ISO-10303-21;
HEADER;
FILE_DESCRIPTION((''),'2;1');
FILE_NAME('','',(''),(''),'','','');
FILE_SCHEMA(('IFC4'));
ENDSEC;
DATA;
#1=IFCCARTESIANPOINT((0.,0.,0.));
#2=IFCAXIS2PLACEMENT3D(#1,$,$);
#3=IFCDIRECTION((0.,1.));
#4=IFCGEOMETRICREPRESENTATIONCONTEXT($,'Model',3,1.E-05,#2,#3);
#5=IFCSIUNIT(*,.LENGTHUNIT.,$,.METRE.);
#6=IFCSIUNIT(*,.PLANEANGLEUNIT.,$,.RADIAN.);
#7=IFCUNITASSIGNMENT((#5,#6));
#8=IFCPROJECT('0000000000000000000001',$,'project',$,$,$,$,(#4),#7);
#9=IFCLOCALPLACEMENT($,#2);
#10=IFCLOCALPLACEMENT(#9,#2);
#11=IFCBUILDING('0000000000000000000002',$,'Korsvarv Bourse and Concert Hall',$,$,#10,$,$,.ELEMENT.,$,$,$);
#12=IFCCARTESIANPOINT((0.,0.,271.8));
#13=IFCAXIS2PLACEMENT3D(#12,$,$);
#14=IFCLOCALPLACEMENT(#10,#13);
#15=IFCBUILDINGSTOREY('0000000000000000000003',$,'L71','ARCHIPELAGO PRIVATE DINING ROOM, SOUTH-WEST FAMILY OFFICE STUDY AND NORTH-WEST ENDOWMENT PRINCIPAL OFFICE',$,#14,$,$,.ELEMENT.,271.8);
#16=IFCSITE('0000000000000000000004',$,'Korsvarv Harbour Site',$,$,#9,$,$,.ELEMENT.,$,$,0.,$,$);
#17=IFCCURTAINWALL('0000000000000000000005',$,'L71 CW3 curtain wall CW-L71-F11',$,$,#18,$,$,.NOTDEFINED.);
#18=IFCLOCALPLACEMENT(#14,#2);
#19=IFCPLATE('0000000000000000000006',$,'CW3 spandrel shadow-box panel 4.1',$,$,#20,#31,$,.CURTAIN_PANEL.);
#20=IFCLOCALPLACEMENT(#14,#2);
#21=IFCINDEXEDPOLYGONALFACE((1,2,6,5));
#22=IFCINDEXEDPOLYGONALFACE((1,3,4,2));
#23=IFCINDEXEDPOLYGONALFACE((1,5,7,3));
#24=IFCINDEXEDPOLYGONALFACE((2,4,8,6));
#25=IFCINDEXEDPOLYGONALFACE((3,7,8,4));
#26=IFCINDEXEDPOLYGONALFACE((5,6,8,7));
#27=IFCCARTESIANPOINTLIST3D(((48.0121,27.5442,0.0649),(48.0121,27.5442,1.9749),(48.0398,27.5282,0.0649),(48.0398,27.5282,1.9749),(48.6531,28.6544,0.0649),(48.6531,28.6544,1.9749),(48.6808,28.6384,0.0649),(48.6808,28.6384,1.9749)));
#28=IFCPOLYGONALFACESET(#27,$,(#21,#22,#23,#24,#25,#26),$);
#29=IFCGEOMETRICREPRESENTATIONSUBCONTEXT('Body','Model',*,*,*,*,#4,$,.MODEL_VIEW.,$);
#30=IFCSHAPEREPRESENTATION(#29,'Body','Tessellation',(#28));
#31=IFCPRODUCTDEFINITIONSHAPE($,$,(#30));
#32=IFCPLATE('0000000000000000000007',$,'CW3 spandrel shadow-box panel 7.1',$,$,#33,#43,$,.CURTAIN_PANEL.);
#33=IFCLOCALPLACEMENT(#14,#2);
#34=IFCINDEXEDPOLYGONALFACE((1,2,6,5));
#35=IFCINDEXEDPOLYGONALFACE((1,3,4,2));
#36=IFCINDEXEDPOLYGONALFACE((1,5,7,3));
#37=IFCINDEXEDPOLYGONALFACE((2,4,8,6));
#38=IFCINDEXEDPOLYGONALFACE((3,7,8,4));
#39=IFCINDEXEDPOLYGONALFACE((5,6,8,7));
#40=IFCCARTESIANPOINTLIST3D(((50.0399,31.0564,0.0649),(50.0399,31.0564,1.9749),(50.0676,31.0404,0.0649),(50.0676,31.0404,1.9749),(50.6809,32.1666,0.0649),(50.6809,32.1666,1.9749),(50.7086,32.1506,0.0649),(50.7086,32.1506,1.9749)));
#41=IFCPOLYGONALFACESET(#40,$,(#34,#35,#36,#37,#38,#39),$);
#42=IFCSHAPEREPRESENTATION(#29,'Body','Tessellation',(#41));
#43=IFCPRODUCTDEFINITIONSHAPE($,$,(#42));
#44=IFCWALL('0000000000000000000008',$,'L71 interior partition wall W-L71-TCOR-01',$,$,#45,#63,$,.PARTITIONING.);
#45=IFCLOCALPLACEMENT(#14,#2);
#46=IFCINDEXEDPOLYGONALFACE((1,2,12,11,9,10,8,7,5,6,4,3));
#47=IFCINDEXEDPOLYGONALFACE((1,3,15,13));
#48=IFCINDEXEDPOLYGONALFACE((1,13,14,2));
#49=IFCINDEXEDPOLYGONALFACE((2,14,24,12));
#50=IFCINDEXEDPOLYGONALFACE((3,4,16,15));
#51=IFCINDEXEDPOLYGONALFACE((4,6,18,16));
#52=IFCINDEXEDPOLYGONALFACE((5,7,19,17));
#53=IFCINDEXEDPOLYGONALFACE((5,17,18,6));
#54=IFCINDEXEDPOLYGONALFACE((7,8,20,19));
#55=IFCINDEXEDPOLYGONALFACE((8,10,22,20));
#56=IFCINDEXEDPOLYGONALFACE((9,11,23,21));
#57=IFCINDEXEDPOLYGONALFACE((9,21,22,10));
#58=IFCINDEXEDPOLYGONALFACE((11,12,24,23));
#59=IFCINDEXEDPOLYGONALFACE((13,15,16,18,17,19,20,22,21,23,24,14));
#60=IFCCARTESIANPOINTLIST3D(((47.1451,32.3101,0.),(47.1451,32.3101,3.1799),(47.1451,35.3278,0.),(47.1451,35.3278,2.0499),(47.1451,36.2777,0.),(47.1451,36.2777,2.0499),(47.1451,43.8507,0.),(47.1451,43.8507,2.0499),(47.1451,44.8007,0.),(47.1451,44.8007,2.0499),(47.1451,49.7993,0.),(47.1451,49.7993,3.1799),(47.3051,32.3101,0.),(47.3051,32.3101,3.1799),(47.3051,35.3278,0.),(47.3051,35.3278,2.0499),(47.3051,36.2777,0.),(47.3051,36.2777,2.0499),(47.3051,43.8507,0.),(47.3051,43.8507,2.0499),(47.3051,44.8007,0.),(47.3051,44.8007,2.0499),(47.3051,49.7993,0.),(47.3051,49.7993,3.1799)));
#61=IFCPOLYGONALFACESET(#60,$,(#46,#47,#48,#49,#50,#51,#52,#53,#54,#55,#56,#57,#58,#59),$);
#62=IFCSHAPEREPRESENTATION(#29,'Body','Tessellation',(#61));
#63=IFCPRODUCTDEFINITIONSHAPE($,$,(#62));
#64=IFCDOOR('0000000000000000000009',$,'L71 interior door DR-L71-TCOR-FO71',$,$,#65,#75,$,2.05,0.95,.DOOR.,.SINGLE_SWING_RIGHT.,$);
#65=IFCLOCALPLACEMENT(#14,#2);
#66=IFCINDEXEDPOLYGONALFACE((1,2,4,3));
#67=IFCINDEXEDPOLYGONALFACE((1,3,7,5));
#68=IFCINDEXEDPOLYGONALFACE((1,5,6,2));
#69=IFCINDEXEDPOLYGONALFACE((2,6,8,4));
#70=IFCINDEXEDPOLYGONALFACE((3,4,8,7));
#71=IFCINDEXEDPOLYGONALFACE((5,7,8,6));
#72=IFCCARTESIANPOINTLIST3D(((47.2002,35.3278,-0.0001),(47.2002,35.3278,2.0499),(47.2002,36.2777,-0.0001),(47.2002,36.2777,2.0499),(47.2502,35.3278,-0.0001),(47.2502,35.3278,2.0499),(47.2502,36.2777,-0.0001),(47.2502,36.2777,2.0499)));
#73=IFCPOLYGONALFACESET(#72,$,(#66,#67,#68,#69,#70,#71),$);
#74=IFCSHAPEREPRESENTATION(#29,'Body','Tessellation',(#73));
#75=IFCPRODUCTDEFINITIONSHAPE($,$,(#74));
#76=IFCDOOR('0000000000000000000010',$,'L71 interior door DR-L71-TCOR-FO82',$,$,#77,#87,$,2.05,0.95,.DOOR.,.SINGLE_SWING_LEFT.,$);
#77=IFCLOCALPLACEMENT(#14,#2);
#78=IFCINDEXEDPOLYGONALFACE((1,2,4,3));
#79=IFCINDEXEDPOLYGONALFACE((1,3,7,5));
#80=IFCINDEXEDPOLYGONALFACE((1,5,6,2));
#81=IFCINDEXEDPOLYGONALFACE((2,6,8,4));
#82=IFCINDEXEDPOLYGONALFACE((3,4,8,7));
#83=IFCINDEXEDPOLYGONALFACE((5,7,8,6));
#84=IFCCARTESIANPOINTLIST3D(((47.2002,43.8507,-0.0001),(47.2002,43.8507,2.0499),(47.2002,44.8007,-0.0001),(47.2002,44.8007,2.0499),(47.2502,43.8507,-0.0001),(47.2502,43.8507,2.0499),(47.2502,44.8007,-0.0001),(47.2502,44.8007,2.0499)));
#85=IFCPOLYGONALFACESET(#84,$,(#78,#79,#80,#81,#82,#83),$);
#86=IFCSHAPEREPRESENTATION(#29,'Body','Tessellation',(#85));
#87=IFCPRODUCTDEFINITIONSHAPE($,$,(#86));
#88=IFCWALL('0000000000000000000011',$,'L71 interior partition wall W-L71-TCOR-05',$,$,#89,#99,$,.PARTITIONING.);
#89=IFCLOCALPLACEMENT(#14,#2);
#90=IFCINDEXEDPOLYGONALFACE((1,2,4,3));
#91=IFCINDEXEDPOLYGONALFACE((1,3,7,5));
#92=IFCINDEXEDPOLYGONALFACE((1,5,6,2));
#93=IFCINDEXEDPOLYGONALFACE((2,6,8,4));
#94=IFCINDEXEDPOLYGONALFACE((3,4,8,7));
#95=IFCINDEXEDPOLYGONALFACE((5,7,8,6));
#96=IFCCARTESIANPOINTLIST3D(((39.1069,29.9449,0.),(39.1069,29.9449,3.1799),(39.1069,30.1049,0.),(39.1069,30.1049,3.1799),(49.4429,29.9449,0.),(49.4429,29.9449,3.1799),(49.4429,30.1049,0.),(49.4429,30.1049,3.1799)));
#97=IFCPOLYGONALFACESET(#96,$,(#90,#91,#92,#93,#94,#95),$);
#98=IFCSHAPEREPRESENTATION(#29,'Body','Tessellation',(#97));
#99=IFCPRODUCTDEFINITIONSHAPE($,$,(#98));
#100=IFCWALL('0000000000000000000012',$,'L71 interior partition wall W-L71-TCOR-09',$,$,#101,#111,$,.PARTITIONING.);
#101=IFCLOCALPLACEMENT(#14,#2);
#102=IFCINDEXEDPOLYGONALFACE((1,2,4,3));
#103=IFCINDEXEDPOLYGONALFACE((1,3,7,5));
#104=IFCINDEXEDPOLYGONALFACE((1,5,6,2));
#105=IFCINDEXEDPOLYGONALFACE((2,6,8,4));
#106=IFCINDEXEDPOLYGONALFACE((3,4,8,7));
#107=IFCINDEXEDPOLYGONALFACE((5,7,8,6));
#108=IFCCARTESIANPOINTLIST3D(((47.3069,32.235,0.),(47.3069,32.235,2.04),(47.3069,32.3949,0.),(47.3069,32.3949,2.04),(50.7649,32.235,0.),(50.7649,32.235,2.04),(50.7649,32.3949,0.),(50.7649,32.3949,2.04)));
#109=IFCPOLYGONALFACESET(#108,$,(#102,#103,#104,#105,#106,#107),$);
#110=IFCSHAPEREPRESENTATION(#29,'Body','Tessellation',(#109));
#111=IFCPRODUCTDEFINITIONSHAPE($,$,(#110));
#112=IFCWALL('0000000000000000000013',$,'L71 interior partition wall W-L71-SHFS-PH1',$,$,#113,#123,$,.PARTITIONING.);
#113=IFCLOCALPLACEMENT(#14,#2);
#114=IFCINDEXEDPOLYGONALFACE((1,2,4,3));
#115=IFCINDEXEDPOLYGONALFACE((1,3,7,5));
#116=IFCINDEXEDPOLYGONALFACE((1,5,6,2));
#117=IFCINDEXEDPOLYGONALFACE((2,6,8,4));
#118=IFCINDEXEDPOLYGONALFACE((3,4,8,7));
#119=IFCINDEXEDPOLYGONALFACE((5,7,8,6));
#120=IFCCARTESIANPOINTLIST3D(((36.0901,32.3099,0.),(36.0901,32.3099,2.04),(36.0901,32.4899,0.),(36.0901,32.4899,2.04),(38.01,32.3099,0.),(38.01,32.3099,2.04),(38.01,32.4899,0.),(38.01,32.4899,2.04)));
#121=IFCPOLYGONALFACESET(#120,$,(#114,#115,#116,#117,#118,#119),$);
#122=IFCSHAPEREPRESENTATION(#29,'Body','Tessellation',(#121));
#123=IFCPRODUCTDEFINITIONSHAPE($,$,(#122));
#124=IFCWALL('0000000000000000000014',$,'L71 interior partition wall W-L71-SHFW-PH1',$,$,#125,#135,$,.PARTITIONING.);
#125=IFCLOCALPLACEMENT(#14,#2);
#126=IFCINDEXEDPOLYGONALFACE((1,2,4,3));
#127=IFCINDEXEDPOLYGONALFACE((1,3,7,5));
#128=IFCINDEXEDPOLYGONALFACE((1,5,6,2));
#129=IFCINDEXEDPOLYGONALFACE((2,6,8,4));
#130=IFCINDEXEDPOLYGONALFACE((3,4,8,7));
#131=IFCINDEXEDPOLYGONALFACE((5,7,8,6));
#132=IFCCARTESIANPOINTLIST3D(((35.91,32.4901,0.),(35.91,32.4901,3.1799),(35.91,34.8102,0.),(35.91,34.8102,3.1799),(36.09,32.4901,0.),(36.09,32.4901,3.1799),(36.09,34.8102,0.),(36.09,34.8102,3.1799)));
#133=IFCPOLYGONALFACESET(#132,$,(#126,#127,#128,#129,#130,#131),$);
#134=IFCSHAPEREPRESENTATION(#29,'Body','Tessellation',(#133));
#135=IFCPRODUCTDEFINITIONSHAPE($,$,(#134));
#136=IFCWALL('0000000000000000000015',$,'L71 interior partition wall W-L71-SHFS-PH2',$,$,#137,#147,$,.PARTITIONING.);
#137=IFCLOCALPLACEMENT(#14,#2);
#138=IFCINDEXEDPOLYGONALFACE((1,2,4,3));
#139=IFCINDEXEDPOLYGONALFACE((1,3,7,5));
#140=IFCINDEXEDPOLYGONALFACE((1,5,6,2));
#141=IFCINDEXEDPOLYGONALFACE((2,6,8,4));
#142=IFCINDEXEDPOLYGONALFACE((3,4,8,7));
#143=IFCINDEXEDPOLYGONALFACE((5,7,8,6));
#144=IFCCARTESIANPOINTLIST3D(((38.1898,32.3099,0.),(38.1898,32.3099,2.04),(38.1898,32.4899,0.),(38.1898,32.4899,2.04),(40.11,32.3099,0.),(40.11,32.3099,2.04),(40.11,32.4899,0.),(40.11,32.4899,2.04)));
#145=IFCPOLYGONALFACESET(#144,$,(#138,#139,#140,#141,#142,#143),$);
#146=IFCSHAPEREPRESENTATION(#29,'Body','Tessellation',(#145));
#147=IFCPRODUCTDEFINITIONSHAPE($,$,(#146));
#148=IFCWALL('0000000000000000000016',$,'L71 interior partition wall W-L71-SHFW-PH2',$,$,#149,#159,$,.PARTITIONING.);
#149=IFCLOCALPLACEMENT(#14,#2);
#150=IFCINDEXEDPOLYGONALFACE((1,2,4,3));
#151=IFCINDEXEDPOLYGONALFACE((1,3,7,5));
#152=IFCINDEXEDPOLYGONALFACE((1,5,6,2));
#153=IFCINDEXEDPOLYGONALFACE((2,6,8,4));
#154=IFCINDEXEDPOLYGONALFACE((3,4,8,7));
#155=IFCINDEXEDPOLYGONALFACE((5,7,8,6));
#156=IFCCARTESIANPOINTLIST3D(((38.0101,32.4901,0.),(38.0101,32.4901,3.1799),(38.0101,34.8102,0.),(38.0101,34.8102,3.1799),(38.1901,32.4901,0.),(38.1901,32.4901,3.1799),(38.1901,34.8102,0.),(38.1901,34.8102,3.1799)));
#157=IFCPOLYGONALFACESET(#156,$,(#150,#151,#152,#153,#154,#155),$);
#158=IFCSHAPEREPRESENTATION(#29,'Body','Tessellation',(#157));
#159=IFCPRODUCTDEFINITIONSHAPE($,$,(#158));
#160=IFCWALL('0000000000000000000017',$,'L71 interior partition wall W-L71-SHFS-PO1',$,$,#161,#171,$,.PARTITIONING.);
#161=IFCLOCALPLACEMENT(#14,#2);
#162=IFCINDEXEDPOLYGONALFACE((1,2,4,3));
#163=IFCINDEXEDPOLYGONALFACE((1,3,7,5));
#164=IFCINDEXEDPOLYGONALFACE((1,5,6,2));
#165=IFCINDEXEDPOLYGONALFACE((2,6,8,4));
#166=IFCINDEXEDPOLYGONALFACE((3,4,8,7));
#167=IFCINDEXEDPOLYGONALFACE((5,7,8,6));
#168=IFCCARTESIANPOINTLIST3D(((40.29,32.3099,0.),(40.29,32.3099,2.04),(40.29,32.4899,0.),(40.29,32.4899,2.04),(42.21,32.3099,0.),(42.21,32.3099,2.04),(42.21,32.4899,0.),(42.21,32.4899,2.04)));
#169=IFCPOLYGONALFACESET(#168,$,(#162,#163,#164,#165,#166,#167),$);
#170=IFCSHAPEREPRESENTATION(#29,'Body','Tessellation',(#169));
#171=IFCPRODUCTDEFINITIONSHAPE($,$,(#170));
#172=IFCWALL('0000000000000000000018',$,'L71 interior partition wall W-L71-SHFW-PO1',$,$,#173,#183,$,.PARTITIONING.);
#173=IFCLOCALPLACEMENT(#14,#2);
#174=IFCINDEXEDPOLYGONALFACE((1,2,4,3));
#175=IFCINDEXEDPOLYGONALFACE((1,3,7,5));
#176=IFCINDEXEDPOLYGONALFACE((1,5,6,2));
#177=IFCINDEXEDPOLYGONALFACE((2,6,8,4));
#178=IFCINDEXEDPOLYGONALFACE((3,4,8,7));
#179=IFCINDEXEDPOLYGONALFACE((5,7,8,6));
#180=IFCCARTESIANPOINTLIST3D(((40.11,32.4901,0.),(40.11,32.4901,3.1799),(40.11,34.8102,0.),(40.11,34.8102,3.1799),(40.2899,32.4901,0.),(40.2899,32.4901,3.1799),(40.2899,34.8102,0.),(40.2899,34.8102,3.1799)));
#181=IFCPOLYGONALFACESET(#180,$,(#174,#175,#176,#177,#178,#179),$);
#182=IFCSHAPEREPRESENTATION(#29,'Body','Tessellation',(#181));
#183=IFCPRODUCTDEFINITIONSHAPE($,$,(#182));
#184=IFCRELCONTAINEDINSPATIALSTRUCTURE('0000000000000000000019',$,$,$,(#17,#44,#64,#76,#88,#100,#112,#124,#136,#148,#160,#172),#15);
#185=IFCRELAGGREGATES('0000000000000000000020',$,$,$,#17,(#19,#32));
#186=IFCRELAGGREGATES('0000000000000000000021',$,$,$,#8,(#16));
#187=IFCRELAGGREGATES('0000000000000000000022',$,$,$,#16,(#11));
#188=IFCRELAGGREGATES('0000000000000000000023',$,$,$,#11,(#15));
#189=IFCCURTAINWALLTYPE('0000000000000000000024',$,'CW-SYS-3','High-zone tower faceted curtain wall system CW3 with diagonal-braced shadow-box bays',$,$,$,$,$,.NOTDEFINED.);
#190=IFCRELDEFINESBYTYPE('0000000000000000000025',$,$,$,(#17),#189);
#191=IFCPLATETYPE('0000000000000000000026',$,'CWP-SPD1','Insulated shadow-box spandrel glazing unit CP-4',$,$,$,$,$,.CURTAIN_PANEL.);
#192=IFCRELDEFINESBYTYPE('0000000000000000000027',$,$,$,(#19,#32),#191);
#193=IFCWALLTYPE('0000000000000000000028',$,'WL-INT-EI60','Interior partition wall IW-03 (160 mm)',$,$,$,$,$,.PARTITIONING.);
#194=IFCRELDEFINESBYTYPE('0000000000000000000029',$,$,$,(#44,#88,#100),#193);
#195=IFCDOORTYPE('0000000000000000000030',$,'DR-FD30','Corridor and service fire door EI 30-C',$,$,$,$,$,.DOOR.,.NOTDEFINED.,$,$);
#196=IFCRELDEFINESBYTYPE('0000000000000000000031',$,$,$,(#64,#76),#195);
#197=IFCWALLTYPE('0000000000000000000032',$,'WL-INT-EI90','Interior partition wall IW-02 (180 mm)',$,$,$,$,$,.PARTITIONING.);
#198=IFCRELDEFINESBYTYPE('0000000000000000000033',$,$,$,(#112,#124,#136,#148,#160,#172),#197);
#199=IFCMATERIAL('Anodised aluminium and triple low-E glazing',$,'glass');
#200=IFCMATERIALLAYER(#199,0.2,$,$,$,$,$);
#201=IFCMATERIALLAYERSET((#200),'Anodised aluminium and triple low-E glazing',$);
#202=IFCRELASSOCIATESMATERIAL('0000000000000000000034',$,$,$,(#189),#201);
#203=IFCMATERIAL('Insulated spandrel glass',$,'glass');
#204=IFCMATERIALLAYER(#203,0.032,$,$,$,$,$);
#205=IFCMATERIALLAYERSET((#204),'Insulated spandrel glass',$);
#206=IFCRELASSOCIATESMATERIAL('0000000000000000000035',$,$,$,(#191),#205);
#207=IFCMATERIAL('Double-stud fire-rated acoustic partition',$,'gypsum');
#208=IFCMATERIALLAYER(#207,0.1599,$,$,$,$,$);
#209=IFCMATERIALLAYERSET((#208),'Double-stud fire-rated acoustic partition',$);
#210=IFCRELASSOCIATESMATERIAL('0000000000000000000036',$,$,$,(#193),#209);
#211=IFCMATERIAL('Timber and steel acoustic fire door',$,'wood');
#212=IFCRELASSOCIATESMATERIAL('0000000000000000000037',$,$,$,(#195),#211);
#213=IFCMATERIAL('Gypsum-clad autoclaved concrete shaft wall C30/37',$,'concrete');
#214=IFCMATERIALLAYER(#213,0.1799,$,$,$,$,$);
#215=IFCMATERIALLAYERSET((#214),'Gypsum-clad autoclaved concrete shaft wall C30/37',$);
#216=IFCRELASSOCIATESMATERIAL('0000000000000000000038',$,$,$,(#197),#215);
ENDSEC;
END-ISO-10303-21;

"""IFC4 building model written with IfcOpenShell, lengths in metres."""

from ifc_helpers import new_model, si_unit, direction, frame, frame_2d, origin, origin_2d, place, context, subcontext, project, spatial, rectangle, extrude, source, transform, mapped, material, layer, layer_set, type_object, element, fill, aggregate, save


model = new_model("IFC4")

# Units and contexts
model_context = context("Model", 3, precision=1e-05, world=origin(), true_north=direction((0.0, 1.0)))
body_context = subcontext(model_context, "Body", "Model", "MODEL_VIEW")
ifc_project = project(units=[si_unit("LENGTHUNIT", "METRE"), si_unit("PLANEANGLEUNIT", "RADIAN")], contexts=[model_context])

# Site, building, storey
site_placement = place(None, origin())
site = spatial("IfcSite", under=ifc_project, at=site_placement, Name="Korsvarv Harbour Site", CompositionType="ELEMENT", RefElevation=0.0)
building_placement = place(site_placement, origin())
building = spatial("IfcBuilding", under=site, at=building_placement, Name="Korsvarv Bourse and Concert Hall", CompositionType="ELEMENT")
storey_placement = place(building_placement, frame((0.0, 0.0, 271.8)))
storey = spatial("IfcBuildingStorey", under=building, at=storey_placement, Name="L71", Description="ARCHIPELAGO PRIVATE DINING ROOM, SOUTH-WEST FAMILY OFFICE STUDY AND NORTH-WEST ENDOWMENT PRINCIPAL OFFICE", CompositionType="ELEMENT", Elevation=271.8)

# Curtain wall, plates
ifc_material_1 = material(Name="Anodised aluminium and triple low-E glazing", Category="glass")
ifc_layer_1 = layer(ifc_material_1, 0.2)
ifc_layer_set_1 = layer_set([ifc_layer_1], Name="Anodised aluminium and triple low-E glazing")
curtain_wall_type = type_object("IfcCurtainWallType", Name="CW-SYS-3", Description="High-zone tower faceted curtain wall system CW3 with diagonal-braced shadow-box bays", PredefinedType="NOTDEFINED", material=ifc_layer_set_1)
curtain_wall_placement = place(storey_placement, origin())
curtain_wall = element("IfcCurtainWall", 1, at=curtain_wall_placement, inside=storey, type_object=curtain_wall_type, Name="L71 CW3 curtain wall CW-L71-F11", PredefinedType="NOTDEFINED")
ifc_material_2 = material(Name="Insulated spandrel glass", Category="glass")
ifc_layer_2 = layer(ifc_material_2, 0.032)
ifc_layer_set_2 = layer_set([ifc_layer_2], Name="Insulated spandrel glass")
plate_type_1 = type_object("IfcPlateType", Name="CWP-SPD1", Description="Insulated shadow-box spandrel glazing unit CP-4", PredefinedType="CURTAIN_PANEL", material=ifc_layer_set_2)
shared_shape_1 = source(origin(), body_context, "Body", "SweptSolid", [
    extrude(rectangle(XDim=1.282, YDim=0.032, at=origin_2d()), origin(), (0.0, 0.0, 1.0), 1.9099),
])
plate_1_placement = place(storey_placement, frame((48.3464, 28.0913, 0.0649), z_axis=(0.0, 0.0, 1.0), x_axis=(0.500004, 0.866023, 0.0)))
plate_1 = element("IfcPlate", 2, at=plate_1_placement, type_object=plate_type_1, Name="CW3 spandrel shadow-box panel 4.1", PredefinedType="CURTAIN_PANEL", context=body_context, shape_type="MappedRepresentation", body=[
    mapped(shared_shape_1, transform((0.0, 0.0, 0.0), scale=1.0)),
])
plate_2_placement = place(storey_placement, frame((50.3743, 31.6035, 0.0649), z_axis=(0.0, 0.0, 1.0), x_axis=(0.500004, 0.866023, 0.0)))
plate_2 = element("IfcPlate", 3, at=plate_2_placement, type_object=plate_type_1, Name="CW3 spandrel shadow-box panel 7.1", PredefinedType="CURTAIN_PANEL", context=body_context, shape_type="MappedRepresentation", body=[
    mapped(shared_shape_1, transform((0.0, 0.0, 0.0), scale=1.0)),
])
aggregate(curtain_wall, [plate_1, plate_2])

# Wall, openings, doors
ifc_material_3 = material(Name="Double-stud fire-rated acoustic partition", Category="gypsum")
ifc_layer_3 = layer(ifc_material_3, 0.1599)
ifc_layer_set_3 = layer_set([ifc_layer_3], Name="Double-stud fire-rated acoustic partition")
wall_type_1 = type_object("IfcWallType", Name="WL-INT-EI60", Description="Interior partition wall IW-03 (160 mm)", PredefinedType="PARTITIONING", material=ifc_layer_set_3)
wall_1_placement = place(storey_placement, frame((47.2251, 32.3101, 0.0), z_axis=(0.0, 0.0, 1.0), x_axis=(0.0, 1.0, 0.0)))
wall_1 = element("IfcWall", 4, at=wall_1_placement, inside=storey, type_object=wall_type_1, Name="L71 interior partition wall W-L71-TCOR-01", PredefinedType="PARTITIONING", context=body_context, shape_type="SweptSolid", body=[
    extrude(rectangle(XDim=17.4893, YDim=0.1599, at=frame_2d((8.7446, 0.0))), origin(), (0.0, 0.0, 1.0), 3.1799),
])
opening_1_placement = place(wall_1_placement, frame((3.0176, 0.0, 0.0)))
opening_1 = element("IfcOpeningElement", 5, at=opening_1_placement, cuts=wall_1, PredefinedType="OPENING", context=body_context, shape_type="SweptSolid", body=[
    extrude(rectangle(XDim=0.95, YDim=2.05, at=frame_2d((0.4751, 1.0249))), frame((0.0, 0.0898, 0.0), z_axis=(0.0, -1.0, 0.0), x_axis=(1.0, 0.0, 0.0)), (0.0, 0.0, 1.0), 0.1799),
])
opening_2_placement = place(wall_1_placement, frame((11.5405, 0.0, 0.0)))
opening_2 = element("IfcOpeningElement", 6, at=opening_2_placement, cuts=wall_1, PredefinedType="OPENING", context=body_context, shape_type="SweptSolid", body=[
    extrude(rectangle(XDim=0.95, YDim=2.05, at=frame_2d((0.4751, 1.0249))), frame((0.0, 0.0898, 0.0), z_axis=(0.0, -1.0, 0.0), x_axis=(1.0, 0.0, 0.0)), (0.0, 0.0, 1.0), 0.1799),
])
ifc_material_4 = material(Name="Timber and steel acoustic fire door", Category="wood")
door_type = type_object("IfcDoorType", Name="DR-FD30", Description="Corridor and service fire door EI 30-C", OperationType="NOTDEFINED", PredefinedType="DOOR", material=ifc_material_4)
door_1_placement = place(opening_1_placement, origin())
door_1 = element("IfcDoor", 7, at=door_1_placement, inside=storey, type_object=door_type, Name="L71 interior door DR-L71-TCOR-FO71", OperationType="SINGLE_SWING_RIGHT", OverallHeight=2.05, OverallWidth=0.95, PredefinedType="DOOR", context=body_context, shape_type="SweptSolid", body=[
    extrude(rectangle(XDim=0.95, YDim=2.05, at=frame_2d((0.4751, 1.0249))), frame((0.0, 0.0249, 0.0), z_axis=(0.0, -1.0, 0.0), x_axis=(1.0, 0.0, 0.0)), (0.0, 0.0, 1.0), 0.05),
])
fill(opening_1, door_1)
door_2_placement = place(opening_2_placement, origin())
door_2 = element("IfcDoor", 8, at=door_2_placement, inside=storey, type_object=door_type, Name="L71 interior door DR-L71-TCOR-FO82", OperationType="SINGLE_SWING_LEFT", OverallHeight=2.05, OverallWidth=0.95, PredefinedType="DOOR", context=body_context, shape_type="SweptSolid", body=[
    extrude(rectangle(XDim=0.95, YDim=2.05, at=frame_2d((0.4751, 1.0249))), frame((0.0, 0.0249, 0.0), z_axis=(0.0, -1.0, 0.0), x_axis=(1.0, 0.0, 0.0)), (0.0, 0.0, 1.0), 0.05),
])
fill(opening_2, door_2)

# Walls
wall_2_placement = place(storey_placement, frame((39.1069, 30.0249, 0.0), z_axis=(0.0, 0.0, 1.0), x_axis=(1.0, 0.0, 0.0)))
element("IfcWall", 9, at=wall_2_placement, inside=storey, type_object=wall_type_1, Name="L71 interior partition wall W-L71-TCOR-05", PredefinedType="PARTITIONING", context=body_context, shape_type="SweptSolid", body=[
    extrude(rectangle(XDim=10.3359, YDim=0.1599, at=frame_2d((5.168, 0.0))), origin(), (0.0, 0.0, 1.0), 3.1799),
])
wall_3_placement = place(storey_placement, frame((47.3069, 32.3149, 0.0), z_axis=(0.0, 0.0, 1.0), x_axis=(1.0, 0.0, 0.0)))
element("IfcWall", 10, at=wall_3_placement, inside=storey, type_object=wall_type_1, Name="L71 interior partition wall W-L71-TCOR-09", PredefinedType="PARTITIONING", context=body_context, shape_type="SweptSolid", body=[
    extrude(rectangle(XDim=3.458, YDim=0.1599, at=frame_2d((1.729, 0.0))), origin(), (0.0, 0.0, 1.0), 2.04),
])
ifc_material_5 = material(Name="Gypsum-clad autoclaved concrete shaft wall C30/37", Category="concrete")
ifc_layer_4 = layer(ifc_material_5, 0.1799)
ifc_layer_set_4 = layer_set([ifc_layer_4], Name="Gypsum-clad autoclaved concrete shaft wall C30/37")
wall_type_2 = type_object("IfcWallType", Name="WL-INT-EI90", Description="Interior partition wall IW-02 (180 mm)", PredefinedType="PARTITIONING", material=ifc_layer_set_4)
wall_4_placement = place(storey_placement, frame((36.0901, 32.3999, 0.0), z_axis=(0.0, 0.0, 1.0), x_axis=(1.0, 0.0, 0.0)))
element("IfcWall", 11, at=wall_4_placement, inside=storey, type_object=wall_type_2, Name="L71 interior partition wall W-L71-SHFS-PH1", PredefinedType="PARTITIONING", context=body_context, shape_type="SweptSolid", body=[
    extrude(rectangle(XDim=1.9199, YDim=0.1799, at=frame_2d((0.96, 0.0))), origin(), (0.0, 0.0, 1.0), 2.04),
])
wall_5_placement = place(storey_placement, frame((36.0, 32.49, 0.0), z_axis=(0.0, 0.0, 1.0), x_axis=(0.0, 1.0, 0.0)))
element("IfcWall", 12, at=wall_5_placement, inside=storey, type_object=wall_type_2, Name="L71 interior partition wall W-L71-SHFW-PH1", PredefinedType="PARTITIONING", context=body_context, shape_type="SweptSolid", body=[
    extrude(rectangle(XDim=2.3201, YDim=0.1799, at=frame_2d((1.1602, 0.0))), origin(), (0.0, 0.0, 1.0), 3.1799),
])
wall_6_placement = place(storey_placement, frame((38.1899, 32.3999, 0.0), z_axis=(0.0, 0.0, 1.0), x_axis=(1.0, 0.0, 0.0)))
element("IfcWall", 13, at=wall_6_placement, inside=storey, type_object=wall_type_2, Name="L71 interior partition wall W-L71-SHFS-PH2", PredefinedType="PARTITIONING", context=body_context, shape_type="SweptSolid", body=[
    extrude(rectangle(XDim=1.9202, YDim=0.1799, at=frame_2d((0.96, 0.0))), origin(), (0.0, 0.0, 1.0), 2.04),
])
wall_7_placement = place(storey_placement, frame((38.1001, 32.49, 0.0), z_axis=(0.0, 0.0, 1.0), x_axis=(0.0, 1.0, 0.0)))
element("IfcWall", 14, at=wall_7_placement, inside=storey, type_object=wall_type_2, Name="L71 interior partition wall W-L71-SHFW-PH2", PredefinedType="PARTITIONING", context=body_context, shape_type="SweptSolid", body=[
    extrude(rectangle(XDim=2.3201, YDim=0.1799, at=frame_2d((1.1602, 0.0))), origin(), (0.0, 0.0, 1.0), 3.1799),
])
wall_8_placement = place(storey_placement, frame((40.29, 32.3999, 0.0), z_axis=(0.0, 0.0, 1.0), x_axis=(1.0, 0.0, 0.0)))
element("IfcWall", 15, at=wall_8_placement, inside=storey, type_object=wall_type_2, Name="L71 interior partition wall W-L71-SHFS-PO1", PredefinedType="PARTITIONING", context=body_context, shape_type="SweptSolid", body=[
    extrude(rectangle(XDim=1.9199, YDim=0.1799, at=frame_2d((0.96, 0.0))), origin(), (0.0, 0.0, 1.0), 2.04),
])
wall_9_placement = place(storey_placement, frame((40.2, 32.49, 0.0), z_axis=(0.0, 0.0, 1.0), x_axis=(0.0, 1.0, 0.0)))
element("IfcWall", 16, at=wall_9_placement, inside=storey, type_object=wall_type_2, Name="L71 interior partition wall W-L71-SHFW-PO1", PredefinedType="PARTITIONING", context=body_context, shape_type="SweptSolid", body=[
    extrude(rectangle(XDim=2.3201, YDim=0.1799, at=frame_2d((1.1602, 0.0))), origin(), (0.0, 0.0, 1.0), 3.1799),
])

save(model, "model.ifc")
